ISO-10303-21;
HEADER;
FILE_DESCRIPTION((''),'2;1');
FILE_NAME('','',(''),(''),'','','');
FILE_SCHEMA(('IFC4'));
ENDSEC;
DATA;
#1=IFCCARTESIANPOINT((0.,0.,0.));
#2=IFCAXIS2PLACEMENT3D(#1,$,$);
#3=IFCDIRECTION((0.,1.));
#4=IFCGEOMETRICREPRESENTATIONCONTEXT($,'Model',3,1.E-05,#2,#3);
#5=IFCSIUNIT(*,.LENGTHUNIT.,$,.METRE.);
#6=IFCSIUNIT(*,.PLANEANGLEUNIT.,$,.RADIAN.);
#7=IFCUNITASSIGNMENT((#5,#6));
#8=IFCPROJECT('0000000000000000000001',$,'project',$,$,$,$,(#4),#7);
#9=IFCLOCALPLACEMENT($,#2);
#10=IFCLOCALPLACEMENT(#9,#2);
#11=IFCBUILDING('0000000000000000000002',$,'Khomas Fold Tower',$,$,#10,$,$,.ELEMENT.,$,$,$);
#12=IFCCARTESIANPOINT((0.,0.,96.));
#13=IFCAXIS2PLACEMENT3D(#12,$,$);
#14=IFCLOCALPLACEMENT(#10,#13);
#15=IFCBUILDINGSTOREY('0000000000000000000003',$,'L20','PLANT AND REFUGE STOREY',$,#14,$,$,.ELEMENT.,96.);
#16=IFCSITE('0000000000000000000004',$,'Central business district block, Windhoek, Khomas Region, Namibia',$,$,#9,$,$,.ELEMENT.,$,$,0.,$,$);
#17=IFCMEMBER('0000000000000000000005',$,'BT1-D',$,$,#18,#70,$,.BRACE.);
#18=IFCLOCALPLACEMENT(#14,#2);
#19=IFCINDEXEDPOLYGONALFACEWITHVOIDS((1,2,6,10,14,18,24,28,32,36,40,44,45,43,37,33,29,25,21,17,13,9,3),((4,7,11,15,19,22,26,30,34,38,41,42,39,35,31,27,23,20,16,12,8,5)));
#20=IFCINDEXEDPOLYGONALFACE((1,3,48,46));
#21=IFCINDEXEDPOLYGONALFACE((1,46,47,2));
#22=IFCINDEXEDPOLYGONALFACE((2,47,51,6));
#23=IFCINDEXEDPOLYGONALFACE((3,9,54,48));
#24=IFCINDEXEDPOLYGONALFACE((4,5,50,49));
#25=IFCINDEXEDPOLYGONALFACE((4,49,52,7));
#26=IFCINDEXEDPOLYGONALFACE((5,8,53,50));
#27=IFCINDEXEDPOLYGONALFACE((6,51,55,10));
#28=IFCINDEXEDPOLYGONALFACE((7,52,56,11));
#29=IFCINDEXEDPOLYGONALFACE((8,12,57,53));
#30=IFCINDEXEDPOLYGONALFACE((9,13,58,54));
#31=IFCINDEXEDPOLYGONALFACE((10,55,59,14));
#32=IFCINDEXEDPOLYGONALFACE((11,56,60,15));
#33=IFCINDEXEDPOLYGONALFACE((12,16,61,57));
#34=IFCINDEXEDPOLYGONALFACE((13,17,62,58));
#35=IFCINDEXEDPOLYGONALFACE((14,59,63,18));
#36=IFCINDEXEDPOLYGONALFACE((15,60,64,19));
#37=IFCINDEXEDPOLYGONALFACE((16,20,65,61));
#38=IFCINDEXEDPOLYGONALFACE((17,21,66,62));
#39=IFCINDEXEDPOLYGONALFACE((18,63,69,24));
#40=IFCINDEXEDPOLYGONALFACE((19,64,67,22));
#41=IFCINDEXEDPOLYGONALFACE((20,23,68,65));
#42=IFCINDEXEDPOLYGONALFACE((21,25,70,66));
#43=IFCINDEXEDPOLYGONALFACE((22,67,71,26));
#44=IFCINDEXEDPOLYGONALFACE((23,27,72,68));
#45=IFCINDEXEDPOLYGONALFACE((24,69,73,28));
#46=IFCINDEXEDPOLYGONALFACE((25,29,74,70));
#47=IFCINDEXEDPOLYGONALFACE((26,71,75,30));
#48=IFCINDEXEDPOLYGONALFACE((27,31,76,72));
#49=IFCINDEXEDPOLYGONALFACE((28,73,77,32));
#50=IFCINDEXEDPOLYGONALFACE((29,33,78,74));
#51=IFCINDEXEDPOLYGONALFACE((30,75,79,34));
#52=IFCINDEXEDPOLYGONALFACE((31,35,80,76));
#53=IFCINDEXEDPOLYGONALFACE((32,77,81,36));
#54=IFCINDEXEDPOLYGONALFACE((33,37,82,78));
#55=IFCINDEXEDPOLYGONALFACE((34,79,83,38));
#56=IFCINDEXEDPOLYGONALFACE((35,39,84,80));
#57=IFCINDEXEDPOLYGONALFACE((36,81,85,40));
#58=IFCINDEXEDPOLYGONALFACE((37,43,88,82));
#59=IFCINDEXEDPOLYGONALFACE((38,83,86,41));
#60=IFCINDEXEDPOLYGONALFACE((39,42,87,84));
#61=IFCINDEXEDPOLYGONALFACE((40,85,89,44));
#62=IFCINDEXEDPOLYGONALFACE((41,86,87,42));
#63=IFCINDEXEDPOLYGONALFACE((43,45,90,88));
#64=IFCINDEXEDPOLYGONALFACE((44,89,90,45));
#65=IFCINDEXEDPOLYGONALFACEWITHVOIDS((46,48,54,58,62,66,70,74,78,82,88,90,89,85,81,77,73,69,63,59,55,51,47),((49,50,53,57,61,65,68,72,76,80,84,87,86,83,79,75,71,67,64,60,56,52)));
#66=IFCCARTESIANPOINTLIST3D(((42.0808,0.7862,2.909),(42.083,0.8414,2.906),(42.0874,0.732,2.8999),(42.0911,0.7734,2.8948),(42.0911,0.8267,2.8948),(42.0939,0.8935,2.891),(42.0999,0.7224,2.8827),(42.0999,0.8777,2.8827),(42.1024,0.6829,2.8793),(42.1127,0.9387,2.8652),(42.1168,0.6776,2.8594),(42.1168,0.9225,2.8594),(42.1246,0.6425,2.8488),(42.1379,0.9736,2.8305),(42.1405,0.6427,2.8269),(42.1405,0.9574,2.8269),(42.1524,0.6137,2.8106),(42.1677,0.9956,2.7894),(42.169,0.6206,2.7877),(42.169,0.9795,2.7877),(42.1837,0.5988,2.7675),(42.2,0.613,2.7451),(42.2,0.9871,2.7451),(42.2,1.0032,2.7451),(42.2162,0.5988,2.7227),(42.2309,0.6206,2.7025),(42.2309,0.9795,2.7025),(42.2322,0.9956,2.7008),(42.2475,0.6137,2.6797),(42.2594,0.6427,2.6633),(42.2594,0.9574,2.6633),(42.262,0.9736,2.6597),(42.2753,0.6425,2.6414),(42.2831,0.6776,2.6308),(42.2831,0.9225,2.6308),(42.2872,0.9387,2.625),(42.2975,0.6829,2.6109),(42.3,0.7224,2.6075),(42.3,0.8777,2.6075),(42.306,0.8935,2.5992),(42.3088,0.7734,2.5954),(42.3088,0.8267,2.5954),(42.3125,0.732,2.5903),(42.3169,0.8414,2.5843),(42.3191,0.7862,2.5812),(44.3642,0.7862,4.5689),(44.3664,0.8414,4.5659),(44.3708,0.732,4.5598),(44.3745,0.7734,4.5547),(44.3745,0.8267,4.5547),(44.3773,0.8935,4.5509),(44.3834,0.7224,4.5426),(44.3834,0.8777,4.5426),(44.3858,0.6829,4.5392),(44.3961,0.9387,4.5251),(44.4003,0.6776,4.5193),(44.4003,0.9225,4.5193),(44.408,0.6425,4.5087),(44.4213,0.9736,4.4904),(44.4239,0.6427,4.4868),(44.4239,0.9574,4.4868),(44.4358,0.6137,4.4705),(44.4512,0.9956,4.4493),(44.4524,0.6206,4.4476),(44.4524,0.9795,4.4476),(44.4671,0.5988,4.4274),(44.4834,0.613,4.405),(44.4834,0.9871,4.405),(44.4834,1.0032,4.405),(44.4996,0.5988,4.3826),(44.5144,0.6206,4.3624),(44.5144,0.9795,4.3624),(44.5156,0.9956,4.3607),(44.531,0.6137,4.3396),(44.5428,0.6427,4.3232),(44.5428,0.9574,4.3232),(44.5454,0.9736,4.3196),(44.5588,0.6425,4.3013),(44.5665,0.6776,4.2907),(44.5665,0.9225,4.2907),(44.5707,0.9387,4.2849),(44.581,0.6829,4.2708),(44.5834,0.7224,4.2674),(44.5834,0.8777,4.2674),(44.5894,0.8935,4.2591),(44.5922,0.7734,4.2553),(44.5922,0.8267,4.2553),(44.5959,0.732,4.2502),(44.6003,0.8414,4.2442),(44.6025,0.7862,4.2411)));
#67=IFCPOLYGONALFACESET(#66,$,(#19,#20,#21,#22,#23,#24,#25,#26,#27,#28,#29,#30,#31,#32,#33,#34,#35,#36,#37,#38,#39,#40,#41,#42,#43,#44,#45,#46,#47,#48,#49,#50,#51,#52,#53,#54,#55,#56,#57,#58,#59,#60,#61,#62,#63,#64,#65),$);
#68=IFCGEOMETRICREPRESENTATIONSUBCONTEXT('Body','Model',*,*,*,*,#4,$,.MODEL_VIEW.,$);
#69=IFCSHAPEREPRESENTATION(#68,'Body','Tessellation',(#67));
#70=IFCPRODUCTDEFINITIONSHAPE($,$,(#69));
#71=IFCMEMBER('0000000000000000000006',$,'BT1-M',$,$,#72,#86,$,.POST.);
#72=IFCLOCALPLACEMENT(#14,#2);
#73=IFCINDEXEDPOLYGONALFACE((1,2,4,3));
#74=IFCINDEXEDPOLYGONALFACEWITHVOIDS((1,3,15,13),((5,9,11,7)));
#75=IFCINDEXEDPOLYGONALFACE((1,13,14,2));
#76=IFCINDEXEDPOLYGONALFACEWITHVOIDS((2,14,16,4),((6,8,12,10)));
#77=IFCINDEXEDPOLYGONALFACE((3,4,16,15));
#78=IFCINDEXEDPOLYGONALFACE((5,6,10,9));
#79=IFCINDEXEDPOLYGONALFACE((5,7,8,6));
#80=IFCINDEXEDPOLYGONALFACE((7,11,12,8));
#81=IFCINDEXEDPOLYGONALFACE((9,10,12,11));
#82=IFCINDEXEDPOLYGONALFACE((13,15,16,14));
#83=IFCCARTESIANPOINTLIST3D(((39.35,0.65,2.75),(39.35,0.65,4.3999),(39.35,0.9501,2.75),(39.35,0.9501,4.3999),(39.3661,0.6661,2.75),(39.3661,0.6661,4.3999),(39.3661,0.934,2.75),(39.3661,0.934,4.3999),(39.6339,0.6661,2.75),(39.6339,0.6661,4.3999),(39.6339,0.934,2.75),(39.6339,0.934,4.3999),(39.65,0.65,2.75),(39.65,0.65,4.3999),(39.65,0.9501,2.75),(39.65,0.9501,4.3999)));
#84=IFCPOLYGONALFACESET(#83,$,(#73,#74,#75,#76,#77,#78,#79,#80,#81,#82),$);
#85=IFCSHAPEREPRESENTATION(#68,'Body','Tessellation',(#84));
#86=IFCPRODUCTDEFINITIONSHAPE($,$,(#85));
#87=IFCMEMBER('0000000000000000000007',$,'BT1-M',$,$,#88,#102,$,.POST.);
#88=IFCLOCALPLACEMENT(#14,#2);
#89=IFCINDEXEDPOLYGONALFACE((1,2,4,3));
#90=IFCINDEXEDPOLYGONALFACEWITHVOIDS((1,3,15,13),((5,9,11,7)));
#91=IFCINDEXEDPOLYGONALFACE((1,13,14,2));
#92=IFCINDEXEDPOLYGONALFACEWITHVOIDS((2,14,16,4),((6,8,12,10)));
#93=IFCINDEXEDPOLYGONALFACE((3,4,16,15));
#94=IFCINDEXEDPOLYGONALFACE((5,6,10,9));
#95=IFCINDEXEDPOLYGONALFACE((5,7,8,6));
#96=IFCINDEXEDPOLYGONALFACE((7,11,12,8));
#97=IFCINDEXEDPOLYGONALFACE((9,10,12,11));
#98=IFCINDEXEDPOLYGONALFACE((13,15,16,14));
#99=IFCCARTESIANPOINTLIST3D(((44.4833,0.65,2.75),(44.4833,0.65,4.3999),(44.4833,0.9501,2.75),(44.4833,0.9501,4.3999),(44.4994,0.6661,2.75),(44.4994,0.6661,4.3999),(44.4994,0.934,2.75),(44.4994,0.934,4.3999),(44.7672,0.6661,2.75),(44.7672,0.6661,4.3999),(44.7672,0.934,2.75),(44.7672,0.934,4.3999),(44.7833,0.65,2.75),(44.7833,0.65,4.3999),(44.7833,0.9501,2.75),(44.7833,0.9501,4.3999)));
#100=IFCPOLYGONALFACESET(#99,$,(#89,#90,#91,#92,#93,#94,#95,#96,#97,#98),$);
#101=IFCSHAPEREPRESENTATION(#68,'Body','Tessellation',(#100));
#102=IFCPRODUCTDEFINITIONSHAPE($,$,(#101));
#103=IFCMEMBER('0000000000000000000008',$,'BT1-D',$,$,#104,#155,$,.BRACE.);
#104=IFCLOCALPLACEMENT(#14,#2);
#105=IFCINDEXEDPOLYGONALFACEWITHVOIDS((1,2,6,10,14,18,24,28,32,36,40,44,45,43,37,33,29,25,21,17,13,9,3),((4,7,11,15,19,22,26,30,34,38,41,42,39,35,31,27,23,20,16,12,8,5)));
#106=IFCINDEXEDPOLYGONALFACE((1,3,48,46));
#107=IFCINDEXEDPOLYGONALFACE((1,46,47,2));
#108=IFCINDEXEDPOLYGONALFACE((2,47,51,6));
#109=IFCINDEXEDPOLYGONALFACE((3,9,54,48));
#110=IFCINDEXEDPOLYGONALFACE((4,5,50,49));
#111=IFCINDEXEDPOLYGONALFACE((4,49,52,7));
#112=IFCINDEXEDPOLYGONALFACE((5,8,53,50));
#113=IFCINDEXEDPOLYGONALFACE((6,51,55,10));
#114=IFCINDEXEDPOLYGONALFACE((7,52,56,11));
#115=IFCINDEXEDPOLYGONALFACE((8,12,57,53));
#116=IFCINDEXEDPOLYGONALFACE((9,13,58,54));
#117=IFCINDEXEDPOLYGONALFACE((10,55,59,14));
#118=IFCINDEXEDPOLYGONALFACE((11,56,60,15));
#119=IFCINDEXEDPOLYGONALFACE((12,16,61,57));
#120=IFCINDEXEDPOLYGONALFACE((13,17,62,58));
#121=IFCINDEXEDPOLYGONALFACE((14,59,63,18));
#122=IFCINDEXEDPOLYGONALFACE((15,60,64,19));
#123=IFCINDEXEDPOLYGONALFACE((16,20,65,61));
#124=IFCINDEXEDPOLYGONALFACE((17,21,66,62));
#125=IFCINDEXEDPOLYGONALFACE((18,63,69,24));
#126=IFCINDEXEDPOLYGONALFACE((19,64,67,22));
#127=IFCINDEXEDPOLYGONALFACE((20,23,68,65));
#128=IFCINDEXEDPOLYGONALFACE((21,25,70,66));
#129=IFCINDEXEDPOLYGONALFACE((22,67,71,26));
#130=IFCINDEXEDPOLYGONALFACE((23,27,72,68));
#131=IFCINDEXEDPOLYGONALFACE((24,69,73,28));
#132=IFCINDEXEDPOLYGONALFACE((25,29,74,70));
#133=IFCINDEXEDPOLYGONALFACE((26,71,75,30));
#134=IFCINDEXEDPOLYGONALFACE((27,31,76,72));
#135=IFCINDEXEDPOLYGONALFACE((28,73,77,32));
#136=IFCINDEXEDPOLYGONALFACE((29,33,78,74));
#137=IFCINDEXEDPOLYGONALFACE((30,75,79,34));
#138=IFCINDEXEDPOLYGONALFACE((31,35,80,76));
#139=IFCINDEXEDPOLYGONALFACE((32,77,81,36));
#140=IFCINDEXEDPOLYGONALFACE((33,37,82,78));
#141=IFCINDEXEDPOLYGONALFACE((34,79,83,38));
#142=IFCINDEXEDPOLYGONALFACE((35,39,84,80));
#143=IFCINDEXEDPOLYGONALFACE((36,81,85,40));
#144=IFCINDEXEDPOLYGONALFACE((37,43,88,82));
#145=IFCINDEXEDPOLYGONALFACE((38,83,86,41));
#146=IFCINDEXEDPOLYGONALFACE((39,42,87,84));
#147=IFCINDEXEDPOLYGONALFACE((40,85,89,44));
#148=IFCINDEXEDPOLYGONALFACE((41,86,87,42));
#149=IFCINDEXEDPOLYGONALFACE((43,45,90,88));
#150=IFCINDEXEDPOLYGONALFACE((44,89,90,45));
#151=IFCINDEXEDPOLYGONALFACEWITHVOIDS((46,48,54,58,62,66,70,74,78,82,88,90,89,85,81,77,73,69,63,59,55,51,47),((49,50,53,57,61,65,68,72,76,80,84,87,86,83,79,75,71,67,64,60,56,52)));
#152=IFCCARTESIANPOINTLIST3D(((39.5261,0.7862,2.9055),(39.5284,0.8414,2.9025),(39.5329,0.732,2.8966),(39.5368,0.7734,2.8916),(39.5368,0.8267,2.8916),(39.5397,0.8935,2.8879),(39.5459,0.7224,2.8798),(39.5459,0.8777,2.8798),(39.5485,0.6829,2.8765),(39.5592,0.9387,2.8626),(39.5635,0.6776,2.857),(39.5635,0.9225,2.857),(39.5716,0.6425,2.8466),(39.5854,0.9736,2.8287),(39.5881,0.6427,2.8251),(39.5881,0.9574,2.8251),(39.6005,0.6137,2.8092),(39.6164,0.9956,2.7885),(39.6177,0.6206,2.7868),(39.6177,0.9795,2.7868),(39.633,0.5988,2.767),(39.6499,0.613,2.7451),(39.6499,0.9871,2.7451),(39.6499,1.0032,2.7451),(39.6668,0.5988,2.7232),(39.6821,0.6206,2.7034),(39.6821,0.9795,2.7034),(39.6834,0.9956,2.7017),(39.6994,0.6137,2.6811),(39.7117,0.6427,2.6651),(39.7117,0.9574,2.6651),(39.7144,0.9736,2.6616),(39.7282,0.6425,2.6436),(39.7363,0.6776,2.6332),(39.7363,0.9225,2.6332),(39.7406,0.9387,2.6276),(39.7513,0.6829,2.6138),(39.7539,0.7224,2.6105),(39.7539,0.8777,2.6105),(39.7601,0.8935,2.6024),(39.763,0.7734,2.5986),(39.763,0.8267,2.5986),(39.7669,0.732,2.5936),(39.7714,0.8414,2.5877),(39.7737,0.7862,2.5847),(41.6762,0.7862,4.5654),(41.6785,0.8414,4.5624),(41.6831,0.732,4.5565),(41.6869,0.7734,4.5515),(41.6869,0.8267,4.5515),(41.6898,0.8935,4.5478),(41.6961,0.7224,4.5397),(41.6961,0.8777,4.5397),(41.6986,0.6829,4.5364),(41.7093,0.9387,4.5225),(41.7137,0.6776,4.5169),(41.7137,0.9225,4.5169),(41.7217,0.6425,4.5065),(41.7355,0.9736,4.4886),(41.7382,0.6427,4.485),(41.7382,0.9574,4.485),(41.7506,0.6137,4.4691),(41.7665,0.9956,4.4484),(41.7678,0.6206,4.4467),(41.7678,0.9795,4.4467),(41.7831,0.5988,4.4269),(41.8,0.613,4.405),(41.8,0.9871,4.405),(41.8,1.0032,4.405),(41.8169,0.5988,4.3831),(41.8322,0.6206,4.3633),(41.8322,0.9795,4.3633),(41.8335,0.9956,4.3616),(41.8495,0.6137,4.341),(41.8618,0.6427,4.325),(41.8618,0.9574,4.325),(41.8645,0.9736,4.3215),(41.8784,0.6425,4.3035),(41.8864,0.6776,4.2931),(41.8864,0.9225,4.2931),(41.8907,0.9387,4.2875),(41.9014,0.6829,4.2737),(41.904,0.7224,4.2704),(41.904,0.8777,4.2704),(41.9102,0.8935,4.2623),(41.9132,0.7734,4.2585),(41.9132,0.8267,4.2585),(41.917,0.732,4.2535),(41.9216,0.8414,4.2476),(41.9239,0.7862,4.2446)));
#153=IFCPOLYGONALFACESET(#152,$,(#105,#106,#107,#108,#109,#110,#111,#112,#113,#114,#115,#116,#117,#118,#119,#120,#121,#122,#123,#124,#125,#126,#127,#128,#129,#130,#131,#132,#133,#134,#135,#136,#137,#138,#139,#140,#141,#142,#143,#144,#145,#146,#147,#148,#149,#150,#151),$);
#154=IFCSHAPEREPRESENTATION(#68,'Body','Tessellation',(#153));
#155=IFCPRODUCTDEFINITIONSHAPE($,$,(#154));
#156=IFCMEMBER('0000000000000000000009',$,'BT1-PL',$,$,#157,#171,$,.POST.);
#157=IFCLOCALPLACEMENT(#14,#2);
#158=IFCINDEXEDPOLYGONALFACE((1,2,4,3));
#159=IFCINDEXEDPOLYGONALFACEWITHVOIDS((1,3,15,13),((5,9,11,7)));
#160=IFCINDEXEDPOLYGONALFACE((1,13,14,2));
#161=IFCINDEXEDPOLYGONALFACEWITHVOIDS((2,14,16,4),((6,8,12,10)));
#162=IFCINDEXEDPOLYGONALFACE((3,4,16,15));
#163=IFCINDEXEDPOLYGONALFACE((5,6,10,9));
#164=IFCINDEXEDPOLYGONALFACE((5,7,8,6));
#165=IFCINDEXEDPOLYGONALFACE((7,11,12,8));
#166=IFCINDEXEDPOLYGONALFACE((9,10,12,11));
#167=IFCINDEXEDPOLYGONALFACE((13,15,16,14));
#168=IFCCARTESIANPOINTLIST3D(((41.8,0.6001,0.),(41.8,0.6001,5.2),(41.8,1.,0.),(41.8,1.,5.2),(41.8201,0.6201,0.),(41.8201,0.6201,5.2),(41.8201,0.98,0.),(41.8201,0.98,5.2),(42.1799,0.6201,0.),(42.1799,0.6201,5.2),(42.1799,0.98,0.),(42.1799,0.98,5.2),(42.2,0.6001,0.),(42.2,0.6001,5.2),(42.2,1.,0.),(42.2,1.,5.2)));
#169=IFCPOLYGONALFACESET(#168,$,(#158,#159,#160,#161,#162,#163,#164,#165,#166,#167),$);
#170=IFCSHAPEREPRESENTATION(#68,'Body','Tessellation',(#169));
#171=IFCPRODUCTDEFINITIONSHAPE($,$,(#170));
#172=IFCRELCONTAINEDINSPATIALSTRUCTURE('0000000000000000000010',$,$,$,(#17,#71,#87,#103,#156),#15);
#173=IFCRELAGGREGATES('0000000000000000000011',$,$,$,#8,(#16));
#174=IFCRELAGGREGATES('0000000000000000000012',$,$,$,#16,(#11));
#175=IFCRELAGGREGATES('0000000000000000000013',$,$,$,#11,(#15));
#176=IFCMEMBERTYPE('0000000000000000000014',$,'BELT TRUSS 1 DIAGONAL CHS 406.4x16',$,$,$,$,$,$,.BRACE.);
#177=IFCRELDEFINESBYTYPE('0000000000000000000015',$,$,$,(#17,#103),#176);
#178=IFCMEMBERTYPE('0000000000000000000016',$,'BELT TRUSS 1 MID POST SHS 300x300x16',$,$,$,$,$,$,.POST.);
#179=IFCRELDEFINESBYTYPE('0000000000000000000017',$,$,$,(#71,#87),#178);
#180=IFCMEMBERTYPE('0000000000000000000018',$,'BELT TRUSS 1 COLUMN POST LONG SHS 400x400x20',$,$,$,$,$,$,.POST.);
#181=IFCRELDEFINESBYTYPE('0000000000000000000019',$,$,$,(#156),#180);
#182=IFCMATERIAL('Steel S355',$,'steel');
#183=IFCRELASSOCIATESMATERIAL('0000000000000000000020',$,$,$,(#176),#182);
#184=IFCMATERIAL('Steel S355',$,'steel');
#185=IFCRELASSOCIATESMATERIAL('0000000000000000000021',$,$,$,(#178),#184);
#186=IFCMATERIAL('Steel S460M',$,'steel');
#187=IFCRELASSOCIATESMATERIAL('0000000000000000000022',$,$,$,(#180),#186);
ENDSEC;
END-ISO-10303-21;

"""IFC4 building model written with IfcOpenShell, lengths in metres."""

from ifc_helpers import new_model, si_unit, direction, frame, origin, origin_2d, place, context, subcontext, project, spatial, hollow_rectangle, hollow_circle, extrude, source, transform, mapped, material, material_profile, profile_set, type_object, element, save


model = new_model("IFC4")

# Units and contexts
model_context = context("Model", 3, precision=1e-05, world=origin(), true_north=direction((0.0, 1.0)))
body_context = subcontext(model_context, "Body", "Model", "MODEL_VIEW")
ifc_project = project(units=[si_unit("LENGTHUNIT", "METRE"), si_unit("PLANEANGLEUNIT", "RADIAN")], contexts=[model_context])

# Site, building, storey
site_placement = place(None, origin())
site = spatial("IfcSite", under=ifc_project, at=site_placement, Name="Central business district block, Windhoek, Khomas Region, Namibia", CompositionType="ELEMENT", RefElevation=0.0)
building_placement = place(site_placement, origin())
building = spatial("IfcBuilding", under=site, at=building_placement, Name="Khomas Fold Tower", CompositionType="ELEMENT")
storey_placement = place(building_placement, frame((0.0, 0.0, 96.0)))
storey = spatial("IfcBuildingStorey", under=building, at=storey_placement, Name="L20", Description="PLANT AND REFUGE STOREY", CompositionType="ELEMENT", Elevation=96.0)

# Members
ifc_material_1 = material(Name="Steel S355", Category="steel")
ifc_material_profile_1 = material_profile(ifc_material_1, hollow_circle(Radius=0.2031, WallThickness=0.0161, at=origin_2d()), Name="CHS 406.4x16")
ifc_profile_set_1 = profile_set([ifc_material_profile_1], Name="Steel S355")
member_type_1 = type_object("IfcMemberType", Name="BELT TRUSS 1 DIAGONAL CHS 406.4x16", PredefinedType="BRACE", material=ifc_profile_set_1)
shared_shape_1 = source(origin(), body_context, "Body", "SweptSolid", [
    extrude(hollow_circle(Radius=0.2031, WallThickness=0.0161, at=origin_2d()), origin(), (0.0, 0.0, 1.0), 2.823),
])
member_1_placement = place(storey_placement, frame((42.2, 0.8, 2.7451), z_axis=(0.808867, 0.0, 0.587992), x_axis=(0.0, 1.0, 0.0)))
element("IfcMember", 1, at=member_1_placement, inside=storey, type_object=member_type_1, Name="BT1-D", PredefinedType="BRACE", context=body_context, shape_type="MappedRepresentation", body=[
    mapped(shared_shape_1, transform((0.0, 0.0, 0.0))),
])
ifc_material_2 = material(Name="Steel S355", Category="steel")
ifc_material_profile_2 = material_profile(ifc_material_2, hollow_rectangle(XDim=0.3, YDim=0.3, WallThickness=0.0161, at=origin_2d()), Name="SHS 300x300x16")
ifc_profile_set_2 = profile_set([ifc_material_profile_2], Name="Steel S355")
member_type_2 = type_object("IfcMemberType", Name="BELT TRUSS 1 MID POST SHS 300x300x16", PredefinedType="POST", material=ifc_profile_set_2)
shared_shape_2 = source(origin(), body_context, "Body", "SweptSolid", [
    extrude(hollow_rectangle(XDim=0.3, YDim=0.3, WallThickness=0.0161, at=origin_2d()), origin(), (0.0, 0.0, 1.0), 1.6499),
])
for number, where, z_axis, x_axis, name in (
    (2, (39.5, 0.8, 2.75), (0.0, 0.0, 1.0), (1.0, 0.0, 0.0), "BT1-M"),
    (3, (44.6333, 0.8, 2.75), (0.0, 0.0, 1.0), (1.0, 0.0, 0.0), "BT1-M"),
):
    element("IfcMember", number, at=place(storey_placement, frame(where, z_axis=z_axis, x_axis=x_axis)), inside=storey, type_object=member_type_2, Name=name, PredefinedType="POST", context=body_context, shape_type="MappedRepresentation", body=[
        mapped(shared_shape_2, transform((0.0, 0.0, 0.0))),
    ])
shared_shape_3 = source(origin(), body_context, "Body", "SweptSolid", [
    extrude(hollow_circle(Radius=0.2031, WallThickness=0.0161, at=origin_2d()), origin(), (0.0, 0.0, 1.0), 2.7163),
])
member_2_placement = place(storey_placement, frame((39.6499, 0.8, 2.7451), z_axis=(0.791564, 0.0, 0.611087), x_axis=(0.0, 1.0, 0.0)))
element("IfcMember", 4, at=member_2_placement, inside=storey, type_object=member_type_1, Name="BT1-D", PredefinedType="BRACE", context=body_context, shape_type="MappedRepresentation", body=[
    mapped(shared_shape_3, transform((0.0, 0.0, 0.0))),
])
ifc_material_3 = material(Name="Steel S460M", Category="steel")
ifc_material_profile_3 = material_profile(ifc_material_3, hollow_rectangle(XDim=0.3999, YDim=0.3999, WallThickness=0.02, at=origin_2d()), Name="SHS 400x400x20")
ifc_profile_set_3 = profile_set([ifc_material_profile_3], Name="Steel S460M")
member_type_3 = type_object("IfcMemberType", Name="BELT TRUSS 1 COLUMN POST LONG SHS 400x400x20", PredefinedType="POST", material=ifc_profile_set_3)
shared_shape_4 = source(origin(), body_context, "Body", "SweptSolid", [
    extrude(hollow_rectangle(XDim=0.3999, YDim=0.3999, WallThickness=0.02, at=origin_2d()), origin(), (0.0, 0.0, 1.0), 5.2),
])
member_3_placement = place(storey_placement, frame((42.0, 0.8, 0.0), z_axis=(0.0, 0.0, 1.0), x_axis=(1.0, 0.0, 0.0)))
element("IfcMember", 5, at=member_3_placement, inside=storey, type_object=member_type_3, Name="BT1-PL", PredefinedType="POST", context=body_context, shape_type="MappedRepresentation", body=[
    mapped(shared_shape_4, transform((0.0, 0.0, 0.0))),
])

save(model, "model.ifc")
